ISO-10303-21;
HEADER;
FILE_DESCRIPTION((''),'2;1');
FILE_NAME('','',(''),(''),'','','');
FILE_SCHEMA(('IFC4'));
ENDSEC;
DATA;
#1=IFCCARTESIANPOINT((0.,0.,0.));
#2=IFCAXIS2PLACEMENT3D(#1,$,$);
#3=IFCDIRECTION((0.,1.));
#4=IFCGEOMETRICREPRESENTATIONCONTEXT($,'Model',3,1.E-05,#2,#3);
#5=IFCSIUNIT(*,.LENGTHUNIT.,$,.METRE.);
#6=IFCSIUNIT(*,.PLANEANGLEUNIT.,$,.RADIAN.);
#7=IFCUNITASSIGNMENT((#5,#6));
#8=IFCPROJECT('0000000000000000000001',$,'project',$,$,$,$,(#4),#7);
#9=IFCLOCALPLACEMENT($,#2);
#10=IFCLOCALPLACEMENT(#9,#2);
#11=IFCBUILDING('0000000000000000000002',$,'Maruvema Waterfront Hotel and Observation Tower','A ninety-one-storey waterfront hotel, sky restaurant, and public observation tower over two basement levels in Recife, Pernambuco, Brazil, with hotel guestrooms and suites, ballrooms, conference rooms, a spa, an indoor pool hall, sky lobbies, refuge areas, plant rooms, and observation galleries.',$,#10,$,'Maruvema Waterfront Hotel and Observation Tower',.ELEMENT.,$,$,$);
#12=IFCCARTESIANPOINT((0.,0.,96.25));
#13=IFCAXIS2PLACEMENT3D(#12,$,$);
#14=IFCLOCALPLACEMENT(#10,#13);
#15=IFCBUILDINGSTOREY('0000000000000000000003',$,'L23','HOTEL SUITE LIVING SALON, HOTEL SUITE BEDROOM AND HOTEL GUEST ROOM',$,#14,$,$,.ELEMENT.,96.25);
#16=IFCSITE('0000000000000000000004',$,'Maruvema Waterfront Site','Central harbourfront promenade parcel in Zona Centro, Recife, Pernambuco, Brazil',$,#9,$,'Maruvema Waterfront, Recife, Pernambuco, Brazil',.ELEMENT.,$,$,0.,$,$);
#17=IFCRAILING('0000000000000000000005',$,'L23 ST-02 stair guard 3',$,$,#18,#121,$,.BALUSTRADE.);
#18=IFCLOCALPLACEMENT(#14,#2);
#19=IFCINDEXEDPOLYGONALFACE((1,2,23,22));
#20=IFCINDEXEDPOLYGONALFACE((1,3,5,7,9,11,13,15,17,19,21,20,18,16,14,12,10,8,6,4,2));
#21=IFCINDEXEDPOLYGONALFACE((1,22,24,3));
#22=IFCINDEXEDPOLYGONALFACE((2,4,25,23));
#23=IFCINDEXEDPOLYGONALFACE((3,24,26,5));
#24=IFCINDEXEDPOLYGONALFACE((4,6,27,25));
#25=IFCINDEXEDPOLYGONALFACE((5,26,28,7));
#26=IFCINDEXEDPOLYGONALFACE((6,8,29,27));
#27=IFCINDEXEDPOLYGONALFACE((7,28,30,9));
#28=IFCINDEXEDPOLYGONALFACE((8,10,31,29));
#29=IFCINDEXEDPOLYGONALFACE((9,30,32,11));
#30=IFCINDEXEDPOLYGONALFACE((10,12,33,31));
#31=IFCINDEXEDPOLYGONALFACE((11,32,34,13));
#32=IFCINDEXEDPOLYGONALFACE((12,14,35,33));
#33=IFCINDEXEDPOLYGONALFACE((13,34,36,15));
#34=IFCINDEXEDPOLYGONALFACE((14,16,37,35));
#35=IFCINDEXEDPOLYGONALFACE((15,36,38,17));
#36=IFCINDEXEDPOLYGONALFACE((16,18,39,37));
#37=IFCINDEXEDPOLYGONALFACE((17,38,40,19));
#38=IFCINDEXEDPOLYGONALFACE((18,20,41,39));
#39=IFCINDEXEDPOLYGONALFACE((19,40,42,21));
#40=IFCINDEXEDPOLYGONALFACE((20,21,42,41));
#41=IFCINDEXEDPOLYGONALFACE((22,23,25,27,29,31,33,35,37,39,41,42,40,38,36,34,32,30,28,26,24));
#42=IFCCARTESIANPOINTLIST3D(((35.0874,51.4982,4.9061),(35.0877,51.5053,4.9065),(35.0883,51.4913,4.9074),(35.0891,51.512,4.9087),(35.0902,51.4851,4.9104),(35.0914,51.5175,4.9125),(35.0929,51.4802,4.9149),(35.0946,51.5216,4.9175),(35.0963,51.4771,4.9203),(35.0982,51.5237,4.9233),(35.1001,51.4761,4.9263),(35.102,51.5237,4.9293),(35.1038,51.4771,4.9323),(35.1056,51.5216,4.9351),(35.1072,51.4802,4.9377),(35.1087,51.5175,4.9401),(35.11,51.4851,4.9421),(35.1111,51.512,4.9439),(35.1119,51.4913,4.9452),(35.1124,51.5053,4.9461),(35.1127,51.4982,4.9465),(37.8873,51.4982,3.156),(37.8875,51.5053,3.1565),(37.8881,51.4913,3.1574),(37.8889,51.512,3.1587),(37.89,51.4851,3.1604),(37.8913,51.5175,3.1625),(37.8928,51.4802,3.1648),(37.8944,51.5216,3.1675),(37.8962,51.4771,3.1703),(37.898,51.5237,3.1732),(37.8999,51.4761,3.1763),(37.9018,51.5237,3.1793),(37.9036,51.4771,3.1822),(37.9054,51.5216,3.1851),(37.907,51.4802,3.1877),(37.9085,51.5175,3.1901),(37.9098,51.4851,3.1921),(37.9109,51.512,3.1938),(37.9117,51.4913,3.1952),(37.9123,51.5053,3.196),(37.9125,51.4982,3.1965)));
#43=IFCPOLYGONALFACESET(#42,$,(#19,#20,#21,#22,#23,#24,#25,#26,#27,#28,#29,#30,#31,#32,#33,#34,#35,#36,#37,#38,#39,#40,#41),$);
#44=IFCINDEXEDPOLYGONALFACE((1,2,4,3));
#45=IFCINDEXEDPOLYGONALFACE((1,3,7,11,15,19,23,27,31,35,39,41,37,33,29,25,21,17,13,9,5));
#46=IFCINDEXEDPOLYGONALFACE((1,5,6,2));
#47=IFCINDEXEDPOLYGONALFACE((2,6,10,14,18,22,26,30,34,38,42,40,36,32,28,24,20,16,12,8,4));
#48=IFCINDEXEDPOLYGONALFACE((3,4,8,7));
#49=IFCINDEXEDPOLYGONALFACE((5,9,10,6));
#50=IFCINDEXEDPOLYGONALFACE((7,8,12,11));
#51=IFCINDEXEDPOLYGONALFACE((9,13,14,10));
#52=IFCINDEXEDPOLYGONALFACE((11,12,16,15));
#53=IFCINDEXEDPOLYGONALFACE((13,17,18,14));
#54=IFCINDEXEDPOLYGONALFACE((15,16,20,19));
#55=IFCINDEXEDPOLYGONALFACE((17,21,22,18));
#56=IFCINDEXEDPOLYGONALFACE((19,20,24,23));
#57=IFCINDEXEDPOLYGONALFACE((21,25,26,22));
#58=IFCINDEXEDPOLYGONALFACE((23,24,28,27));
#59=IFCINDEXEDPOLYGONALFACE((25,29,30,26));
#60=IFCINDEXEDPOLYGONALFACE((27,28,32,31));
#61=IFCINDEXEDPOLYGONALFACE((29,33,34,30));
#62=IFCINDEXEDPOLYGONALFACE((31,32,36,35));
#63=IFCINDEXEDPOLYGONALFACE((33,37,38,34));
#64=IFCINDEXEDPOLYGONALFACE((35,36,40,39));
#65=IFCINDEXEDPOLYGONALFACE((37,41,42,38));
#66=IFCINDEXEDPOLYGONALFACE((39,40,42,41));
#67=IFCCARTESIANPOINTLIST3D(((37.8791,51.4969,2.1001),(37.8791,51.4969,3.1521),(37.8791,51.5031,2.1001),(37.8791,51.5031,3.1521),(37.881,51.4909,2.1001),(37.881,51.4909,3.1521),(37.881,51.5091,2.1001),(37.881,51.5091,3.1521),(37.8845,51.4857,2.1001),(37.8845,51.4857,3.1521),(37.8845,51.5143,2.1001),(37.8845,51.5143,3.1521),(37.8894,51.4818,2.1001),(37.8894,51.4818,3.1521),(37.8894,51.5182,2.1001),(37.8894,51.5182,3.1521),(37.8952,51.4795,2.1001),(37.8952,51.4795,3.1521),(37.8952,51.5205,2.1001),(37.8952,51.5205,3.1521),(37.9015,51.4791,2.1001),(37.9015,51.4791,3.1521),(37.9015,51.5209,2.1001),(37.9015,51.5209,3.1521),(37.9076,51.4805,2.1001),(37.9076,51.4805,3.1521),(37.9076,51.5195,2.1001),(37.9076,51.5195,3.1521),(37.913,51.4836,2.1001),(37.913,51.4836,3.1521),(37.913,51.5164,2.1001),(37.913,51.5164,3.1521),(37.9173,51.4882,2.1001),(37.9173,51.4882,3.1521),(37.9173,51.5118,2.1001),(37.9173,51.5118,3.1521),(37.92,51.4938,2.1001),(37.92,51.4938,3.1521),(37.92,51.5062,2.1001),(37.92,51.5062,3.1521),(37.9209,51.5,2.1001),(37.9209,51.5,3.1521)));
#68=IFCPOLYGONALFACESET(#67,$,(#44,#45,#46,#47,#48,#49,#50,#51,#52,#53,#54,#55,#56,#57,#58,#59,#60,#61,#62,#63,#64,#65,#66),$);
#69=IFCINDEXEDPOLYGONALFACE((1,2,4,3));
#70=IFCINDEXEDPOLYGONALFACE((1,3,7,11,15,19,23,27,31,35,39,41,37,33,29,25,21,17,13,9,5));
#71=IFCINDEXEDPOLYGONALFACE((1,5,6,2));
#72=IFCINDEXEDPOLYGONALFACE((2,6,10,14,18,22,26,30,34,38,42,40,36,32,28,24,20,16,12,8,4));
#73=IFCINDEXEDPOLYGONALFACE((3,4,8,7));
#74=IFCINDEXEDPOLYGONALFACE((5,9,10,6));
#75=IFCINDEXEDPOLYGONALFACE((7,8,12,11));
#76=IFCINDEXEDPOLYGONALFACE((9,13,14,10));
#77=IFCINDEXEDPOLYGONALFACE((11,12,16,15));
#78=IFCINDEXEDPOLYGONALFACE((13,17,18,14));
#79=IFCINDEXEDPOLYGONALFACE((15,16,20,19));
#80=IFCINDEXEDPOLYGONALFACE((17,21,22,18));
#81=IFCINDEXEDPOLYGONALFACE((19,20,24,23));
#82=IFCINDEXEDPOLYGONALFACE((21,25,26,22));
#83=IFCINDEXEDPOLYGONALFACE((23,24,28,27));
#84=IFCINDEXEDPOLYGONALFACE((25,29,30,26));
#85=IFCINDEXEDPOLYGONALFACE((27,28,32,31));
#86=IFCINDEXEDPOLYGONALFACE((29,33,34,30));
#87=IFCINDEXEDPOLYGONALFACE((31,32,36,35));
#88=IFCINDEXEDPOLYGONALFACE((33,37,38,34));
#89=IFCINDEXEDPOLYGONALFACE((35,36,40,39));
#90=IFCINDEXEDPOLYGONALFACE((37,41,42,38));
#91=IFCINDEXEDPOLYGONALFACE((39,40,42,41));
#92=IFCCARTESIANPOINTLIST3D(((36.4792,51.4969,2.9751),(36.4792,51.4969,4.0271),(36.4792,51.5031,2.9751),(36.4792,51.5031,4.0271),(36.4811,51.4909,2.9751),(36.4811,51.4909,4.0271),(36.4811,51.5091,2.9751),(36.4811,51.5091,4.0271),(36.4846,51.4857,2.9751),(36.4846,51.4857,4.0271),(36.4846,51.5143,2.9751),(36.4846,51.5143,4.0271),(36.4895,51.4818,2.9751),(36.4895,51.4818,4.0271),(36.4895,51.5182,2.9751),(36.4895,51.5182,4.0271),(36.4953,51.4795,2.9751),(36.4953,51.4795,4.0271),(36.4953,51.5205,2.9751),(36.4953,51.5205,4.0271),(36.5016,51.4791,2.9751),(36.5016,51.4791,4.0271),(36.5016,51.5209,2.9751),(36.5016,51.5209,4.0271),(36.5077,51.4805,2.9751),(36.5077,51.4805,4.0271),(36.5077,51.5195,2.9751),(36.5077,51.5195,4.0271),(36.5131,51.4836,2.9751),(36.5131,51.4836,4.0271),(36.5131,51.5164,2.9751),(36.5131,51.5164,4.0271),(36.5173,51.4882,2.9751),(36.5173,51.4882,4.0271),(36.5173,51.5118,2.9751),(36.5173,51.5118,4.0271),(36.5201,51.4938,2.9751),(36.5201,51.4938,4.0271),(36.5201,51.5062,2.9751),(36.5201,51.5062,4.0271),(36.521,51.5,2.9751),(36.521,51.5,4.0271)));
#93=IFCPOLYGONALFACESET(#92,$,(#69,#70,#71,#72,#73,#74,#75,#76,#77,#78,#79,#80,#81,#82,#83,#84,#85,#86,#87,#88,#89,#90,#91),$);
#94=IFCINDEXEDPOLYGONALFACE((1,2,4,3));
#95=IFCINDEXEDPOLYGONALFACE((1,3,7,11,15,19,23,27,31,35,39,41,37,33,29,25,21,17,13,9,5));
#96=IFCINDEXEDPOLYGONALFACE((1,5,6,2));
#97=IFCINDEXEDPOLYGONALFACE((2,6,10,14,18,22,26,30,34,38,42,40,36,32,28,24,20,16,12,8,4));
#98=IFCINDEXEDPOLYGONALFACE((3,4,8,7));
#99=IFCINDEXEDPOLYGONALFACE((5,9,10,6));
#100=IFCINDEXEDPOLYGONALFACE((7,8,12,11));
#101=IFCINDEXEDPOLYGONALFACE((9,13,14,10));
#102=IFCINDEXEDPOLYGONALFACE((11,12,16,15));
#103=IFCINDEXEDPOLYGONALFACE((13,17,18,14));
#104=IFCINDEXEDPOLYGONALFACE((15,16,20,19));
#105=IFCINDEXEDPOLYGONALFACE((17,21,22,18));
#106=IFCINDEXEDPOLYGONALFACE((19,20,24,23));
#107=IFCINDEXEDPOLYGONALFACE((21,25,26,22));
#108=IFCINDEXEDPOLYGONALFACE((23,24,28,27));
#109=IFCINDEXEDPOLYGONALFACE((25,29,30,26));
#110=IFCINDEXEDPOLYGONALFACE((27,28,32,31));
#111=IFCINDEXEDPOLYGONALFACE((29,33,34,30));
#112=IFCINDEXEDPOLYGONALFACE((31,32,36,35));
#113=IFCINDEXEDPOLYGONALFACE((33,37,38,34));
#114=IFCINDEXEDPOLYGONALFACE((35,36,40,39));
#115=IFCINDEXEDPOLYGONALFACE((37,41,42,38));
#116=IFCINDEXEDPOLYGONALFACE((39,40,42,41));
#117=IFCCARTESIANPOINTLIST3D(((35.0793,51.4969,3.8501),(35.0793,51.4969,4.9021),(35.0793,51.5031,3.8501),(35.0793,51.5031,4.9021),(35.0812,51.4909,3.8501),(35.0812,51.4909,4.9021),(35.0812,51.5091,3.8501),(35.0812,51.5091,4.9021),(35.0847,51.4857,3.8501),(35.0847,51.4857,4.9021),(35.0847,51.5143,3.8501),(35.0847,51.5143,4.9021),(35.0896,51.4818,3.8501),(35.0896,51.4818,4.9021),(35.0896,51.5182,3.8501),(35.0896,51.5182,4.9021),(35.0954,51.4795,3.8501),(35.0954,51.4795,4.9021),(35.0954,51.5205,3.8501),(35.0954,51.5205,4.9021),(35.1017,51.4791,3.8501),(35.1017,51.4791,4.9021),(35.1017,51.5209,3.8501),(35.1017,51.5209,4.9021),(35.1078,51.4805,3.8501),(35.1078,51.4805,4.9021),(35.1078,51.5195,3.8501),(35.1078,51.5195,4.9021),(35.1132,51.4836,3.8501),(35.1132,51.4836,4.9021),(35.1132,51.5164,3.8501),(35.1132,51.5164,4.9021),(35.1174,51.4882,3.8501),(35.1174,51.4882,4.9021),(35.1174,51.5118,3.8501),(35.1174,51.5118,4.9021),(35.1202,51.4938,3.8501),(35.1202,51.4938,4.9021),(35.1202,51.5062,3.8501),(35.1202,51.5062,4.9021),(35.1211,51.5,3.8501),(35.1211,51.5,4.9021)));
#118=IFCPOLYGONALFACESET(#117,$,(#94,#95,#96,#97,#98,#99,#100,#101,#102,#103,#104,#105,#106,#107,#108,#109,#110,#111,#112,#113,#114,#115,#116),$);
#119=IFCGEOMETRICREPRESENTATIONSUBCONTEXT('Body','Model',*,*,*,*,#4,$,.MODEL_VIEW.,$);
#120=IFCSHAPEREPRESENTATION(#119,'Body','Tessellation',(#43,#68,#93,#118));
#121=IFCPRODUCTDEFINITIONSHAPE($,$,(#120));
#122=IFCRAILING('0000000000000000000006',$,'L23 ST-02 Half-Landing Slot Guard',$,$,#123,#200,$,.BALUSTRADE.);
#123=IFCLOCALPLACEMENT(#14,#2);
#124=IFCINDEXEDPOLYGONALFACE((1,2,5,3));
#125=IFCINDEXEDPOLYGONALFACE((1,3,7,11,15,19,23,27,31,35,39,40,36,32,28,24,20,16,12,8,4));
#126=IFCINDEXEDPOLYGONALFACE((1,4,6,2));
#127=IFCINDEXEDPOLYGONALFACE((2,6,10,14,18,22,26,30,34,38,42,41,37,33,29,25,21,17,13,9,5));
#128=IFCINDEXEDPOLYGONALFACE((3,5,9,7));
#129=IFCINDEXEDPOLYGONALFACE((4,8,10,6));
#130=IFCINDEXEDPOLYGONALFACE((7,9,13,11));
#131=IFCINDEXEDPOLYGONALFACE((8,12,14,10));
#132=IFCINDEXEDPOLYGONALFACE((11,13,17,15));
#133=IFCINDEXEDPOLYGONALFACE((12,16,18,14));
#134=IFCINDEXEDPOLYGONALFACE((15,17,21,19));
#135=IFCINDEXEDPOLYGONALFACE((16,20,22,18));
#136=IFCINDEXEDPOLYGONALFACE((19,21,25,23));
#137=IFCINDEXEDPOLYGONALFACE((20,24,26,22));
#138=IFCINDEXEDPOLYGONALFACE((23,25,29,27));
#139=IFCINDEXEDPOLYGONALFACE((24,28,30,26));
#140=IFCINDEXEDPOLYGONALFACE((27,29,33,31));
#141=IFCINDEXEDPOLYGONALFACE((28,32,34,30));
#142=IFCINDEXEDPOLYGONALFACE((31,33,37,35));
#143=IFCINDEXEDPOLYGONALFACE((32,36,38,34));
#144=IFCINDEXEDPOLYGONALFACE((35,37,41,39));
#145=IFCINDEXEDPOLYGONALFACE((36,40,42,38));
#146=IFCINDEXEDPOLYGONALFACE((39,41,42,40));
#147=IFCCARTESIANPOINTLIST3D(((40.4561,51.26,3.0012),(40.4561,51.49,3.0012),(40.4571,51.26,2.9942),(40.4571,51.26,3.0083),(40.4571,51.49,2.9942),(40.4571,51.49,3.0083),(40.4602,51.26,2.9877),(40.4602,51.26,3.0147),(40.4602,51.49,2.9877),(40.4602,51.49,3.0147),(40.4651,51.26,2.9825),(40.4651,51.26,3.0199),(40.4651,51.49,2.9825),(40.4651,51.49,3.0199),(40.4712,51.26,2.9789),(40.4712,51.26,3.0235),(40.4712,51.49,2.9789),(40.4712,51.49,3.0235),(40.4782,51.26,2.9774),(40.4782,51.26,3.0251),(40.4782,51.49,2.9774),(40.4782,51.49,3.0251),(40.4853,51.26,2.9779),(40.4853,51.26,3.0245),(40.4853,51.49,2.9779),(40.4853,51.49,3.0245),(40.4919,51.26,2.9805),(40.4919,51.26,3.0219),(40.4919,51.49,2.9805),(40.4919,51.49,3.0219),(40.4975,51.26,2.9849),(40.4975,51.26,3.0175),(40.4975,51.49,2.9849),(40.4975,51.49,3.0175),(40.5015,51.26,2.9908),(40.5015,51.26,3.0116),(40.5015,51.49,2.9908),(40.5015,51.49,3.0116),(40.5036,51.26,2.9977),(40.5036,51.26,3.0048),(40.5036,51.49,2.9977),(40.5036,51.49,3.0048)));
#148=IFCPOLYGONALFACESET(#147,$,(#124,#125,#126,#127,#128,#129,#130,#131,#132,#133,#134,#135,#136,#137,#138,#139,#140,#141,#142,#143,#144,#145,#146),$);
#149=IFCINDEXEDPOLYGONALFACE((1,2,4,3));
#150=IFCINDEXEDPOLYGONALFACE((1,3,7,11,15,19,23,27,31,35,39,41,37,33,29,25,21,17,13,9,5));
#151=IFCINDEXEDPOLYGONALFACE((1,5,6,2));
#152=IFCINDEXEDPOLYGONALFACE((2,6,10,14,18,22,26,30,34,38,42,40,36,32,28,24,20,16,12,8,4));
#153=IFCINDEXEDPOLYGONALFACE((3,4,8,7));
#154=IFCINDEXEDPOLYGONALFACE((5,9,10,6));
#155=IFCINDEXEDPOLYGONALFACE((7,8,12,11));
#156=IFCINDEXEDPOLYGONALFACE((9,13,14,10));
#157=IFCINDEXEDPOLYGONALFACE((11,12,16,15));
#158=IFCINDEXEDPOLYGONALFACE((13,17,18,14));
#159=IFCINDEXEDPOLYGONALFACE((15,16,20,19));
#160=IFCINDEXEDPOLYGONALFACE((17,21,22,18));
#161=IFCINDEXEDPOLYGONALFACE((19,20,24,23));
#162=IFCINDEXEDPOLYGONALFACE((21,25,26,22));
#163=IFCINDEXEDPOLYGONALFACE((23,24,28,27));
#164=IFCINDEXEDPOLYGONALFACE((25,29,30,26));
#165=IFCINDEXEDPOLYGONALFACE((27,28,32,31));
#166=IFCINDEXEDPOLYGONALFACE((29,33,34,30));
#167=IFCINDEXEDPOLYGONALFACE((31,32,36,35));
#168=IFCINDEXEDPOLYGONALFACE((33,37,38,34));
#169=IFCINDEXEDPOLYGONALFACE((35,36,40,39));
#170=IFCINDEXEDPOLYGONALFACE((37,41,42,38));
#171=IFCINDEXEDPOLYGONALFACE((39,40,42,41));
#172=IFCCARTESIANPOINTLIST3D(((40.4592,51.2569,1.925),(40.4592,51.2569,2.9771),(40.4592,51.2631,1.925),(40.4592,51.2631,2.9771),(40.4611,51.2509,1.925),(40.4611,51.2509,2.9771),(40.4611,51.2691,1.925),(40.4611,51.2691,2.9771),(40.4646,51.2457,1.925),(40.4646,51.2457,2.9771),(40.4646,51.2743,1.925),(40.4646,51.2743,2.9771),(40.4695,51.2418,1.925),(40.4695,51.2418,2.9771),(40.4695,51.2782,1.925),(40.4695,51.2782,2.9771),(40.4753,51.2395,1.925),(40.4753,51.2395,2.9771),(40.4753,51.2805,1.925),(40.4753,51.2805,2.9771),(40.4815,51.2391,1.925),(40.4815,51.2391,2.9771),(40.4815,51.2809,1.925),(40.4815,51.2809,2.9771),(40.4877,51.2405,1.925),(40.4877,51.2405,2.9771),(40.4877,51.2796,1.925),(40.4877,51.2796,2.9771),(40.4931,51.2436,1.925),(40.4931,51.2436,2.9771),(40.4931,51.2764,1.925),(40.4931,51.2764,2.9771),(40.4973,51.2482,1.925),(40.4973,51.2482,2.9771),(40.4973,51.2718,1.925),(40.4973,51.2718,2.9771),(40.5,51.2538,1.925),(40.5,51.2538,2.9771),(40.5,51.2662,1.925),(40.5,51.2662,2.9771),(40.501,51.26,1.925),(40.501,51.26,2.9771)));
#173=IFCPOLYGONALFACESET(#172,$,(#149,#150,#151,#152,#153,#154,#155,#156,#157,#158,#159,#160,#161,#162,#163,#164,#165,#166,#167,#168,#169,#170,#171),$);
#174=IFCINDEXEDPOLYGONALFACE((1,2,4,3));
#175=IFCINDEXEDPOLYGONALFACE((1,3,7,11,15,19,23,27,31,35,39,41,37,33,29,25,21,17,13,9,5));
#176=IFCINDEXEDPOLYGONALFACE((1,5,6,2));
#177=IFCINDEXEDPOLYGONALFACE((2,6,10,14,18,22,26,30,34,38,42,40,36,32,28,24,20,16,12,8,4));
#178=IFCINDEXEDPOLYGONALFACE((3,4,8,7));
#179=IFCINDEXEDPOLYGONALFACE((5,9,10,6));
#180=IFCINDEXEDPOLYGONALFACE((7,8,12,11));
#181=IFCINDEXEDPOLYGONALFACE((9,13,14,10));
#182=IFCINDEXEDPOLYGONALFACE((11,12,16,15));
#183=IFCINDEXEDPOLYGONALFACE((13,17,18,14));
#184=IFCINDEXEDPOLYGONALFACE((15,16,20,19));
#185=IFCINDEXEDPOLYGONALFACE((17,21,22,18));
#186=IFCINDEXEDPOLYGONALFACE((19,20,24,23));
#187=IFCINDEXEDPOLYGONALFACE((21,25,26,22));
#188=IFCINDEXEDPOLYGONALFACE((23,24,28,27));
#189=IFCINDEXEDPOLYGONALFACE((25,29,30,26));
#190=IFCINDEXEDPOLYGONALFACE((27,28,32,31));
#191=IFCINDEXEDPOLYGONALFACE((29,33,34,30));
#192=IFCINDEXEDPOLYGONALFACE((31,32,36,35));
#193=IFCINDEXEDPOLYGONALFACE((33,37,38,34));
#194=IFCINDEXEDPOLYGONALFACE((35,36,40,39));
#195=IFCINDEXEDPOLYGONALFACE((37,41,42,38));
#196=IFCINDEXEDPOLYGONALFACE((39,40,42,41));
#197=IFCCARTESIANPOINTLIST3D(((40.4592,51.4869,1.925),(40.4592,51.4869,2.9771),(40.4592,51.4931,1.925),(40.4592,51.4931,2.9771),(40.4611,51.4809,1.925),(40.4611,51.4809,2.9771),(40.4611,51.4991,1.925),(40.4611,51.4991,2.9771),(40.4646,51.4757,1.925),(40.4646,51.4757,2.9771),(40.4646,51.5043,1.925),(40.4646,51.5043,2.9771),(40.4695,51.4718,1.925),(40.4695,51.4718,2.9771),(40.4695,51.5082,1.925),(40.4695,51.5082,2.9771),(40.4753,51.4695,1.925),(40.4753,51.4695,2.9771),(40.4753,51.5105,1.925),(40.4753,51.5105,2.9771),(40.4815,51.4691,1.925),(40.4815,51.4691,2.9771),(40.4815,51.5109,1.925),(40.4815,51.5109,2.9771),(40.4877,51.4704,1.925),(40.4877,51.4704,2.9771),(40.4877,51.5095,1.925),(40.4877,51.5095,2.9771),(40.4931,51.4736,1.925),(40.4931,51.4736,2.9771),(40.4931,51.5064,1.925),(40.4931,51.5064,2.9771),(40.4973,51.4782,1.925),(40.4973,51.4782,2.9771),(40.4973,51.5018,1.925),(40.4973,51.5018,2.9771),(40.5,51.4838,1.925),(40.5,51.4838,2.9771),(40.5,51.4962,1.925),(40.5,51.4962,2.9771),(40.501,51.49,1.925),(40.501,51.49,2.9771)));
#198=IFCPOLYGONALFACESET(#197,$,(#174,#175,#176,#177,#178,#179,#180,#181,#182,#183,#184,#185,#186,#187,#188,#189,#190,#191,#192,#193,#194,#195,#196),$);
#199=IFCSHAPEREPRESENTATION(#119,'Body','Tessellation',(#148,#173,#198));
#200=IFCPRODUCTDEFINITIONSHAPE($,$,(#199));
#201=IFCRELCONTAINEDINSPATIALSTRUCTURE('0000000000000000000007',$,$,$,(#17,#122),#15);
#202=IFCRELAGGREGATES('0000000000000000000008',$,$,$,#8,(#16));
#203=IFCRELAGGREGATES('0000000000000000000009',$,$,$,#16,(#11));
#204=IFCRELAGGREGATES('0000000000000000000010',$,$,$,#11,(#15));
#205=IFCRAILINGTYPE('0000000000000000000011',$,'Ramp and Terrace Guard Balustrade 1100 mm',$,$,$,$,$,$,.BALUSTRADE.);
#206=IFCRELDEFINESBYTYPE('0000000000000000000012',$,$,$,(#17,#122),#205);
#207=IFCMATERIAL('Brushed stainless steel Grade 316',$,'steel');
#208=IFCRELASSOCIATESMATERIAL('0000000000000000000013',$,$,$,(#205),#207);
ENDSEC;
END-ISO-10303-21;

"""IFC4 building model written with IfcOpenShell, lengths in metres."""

from ifc_helpers import new_model, si_unit, direction, frame, origin, origin_2d, place, context, subcontext, project, spatial, circle, extrude, material, type_object, element, save


model = new_model("IFC4")

# Units and contexts
model_context = context("Model", 3, precision=1e-05, world=origin(), true_north=direction((0.0, 1.0)))
body_context = subcontext(model_context, "Body", "Model", "MODEL_VIEW")
ifc_project = project(units=[si_unit("LENGTHUNIT", "METRE"), si_unit("PLANEANGLEUNIT", "RADIAN")], contexts=[model_context])

# Site, building, storey
site_placement = place(None, origin())
site = spatial("IfcSite", under=ifc_project, at=site_placement, Name="Maruvema Waterfront Site", Description="Central harbourfront promenade parcel in Zona Centro, Recife, Pernambuco, Brazil", LongName="Maruvema Waterfront, Recife, Pernambuco, Brazil", CompositionType="ELEMENT", RefElevation=0.0)
building_placement = place(site_placement, origin())
building = spatial("IfcBuilding", under=site, at=building_placement, Name="Maruvema Waterfront Hotel and Observation Tower", Description="A ninety-one-storey waterfront hotel, sky restaurant, and public observation tower over two basement levels in Recife, Pernambuco, Brazil, with hotel guestrooms and suites, ballrooms, conference rooms, a spa, an indoor pool hall, sky lobbies, refuge areas, plant rooms, and observation galleries.", LongName="Maruvema Waterfront Hotel and Observation Tower", CompositionType="ELEMENT")
storey_placement = place(building_placement, frame((0.0, 0.0, 96.25)))
storey = spatial("IfcBuildingStorey", under=building, at=storey_placement, Name="L23", Description="HOTEL SUITE LIVING SALON, HOTEL SUITE BEDROOM AND HOTEL GUEST ROOM", CompositionType="ELEMENT", Elevation=96.25)

# Railings
ifc_material_1 = material(Name="Brushed stainless steel Grade 316", Category="steel")
railing_type_1 = type_object("IfcRailingType", Name="Ramp and Terrace Guard Balustrade 1100 mm", PredefinedType="BALUSTRADE", material=ifc_material_1)
railing_1_placement = place(storey_placement, frame((37.8999, 51.5, 2.1001)))
element("IfcRailing", 1, at=railing_1_placement, inside=storey, type_object=railing_type_1, Name="L23 ST-02 stair guard 3", PredefinedType="BALUSTRADE", context=body_context, shape_type="SweptSolid", body=[
    extrude(circle(Radius=0.0239, at=origin_2d()), frame((0.0, 0.0, 1.0762), z_axis=(-0.847982, 0.0, 0.530026), x_axis=(0.0, -1.0, 0.0)), (0.0, 0.0, 1.0), 3.3018),
    extrude(circle(Radius=0.021, at=origin_2d()), origin(), (0.0, 0.0, 1.0), 1.052),
    extrude(circle(Radius=0.021, at=origin_2d()), frame((-1.3999, 0.0, 0.875)), (0.0, 0.0, 1.0), 1.052),
    extrude(circle(Radius=0.021, at=origin_2d()), frame((-2.7998, 0.0, 1.75)), (0.0, 0.0, 1.0), 1.052),
])
railing_2_placement = place(storey_placement, frame((40.48, 51.26, 1.925)))
element("IfcRailing", 2, at=railing_2_placement, inside=storey, type_object=railing_type_1, Name="L23 ST-02 Half-Landing Slot Guard", PredefinedType="BALUSTRADE", context=body_context, shape_type="SweptSolid", body=[
    extrude(circle(Radius=0.0239, at=origin_2d()), frame((0.0, 0.0, 1.0762), z_axis=(0.0, 1.0, 0.0), x_axis=(-1.0, 0.0, 0.0)), (0.0, 0.0, 1.0), 0.23),
    extrude(circle(Radius=0.021, at=origin_2d()), origin(), (0.0, 0.0, 1.0), 1.052),
    extrude(circle(Radius=0.021, at=origin_2d()), frame((0.0, 0.23, 0.0)), (0.0, 0.0, 1.0), 1.052),
])

save(model, "model.ifc")
